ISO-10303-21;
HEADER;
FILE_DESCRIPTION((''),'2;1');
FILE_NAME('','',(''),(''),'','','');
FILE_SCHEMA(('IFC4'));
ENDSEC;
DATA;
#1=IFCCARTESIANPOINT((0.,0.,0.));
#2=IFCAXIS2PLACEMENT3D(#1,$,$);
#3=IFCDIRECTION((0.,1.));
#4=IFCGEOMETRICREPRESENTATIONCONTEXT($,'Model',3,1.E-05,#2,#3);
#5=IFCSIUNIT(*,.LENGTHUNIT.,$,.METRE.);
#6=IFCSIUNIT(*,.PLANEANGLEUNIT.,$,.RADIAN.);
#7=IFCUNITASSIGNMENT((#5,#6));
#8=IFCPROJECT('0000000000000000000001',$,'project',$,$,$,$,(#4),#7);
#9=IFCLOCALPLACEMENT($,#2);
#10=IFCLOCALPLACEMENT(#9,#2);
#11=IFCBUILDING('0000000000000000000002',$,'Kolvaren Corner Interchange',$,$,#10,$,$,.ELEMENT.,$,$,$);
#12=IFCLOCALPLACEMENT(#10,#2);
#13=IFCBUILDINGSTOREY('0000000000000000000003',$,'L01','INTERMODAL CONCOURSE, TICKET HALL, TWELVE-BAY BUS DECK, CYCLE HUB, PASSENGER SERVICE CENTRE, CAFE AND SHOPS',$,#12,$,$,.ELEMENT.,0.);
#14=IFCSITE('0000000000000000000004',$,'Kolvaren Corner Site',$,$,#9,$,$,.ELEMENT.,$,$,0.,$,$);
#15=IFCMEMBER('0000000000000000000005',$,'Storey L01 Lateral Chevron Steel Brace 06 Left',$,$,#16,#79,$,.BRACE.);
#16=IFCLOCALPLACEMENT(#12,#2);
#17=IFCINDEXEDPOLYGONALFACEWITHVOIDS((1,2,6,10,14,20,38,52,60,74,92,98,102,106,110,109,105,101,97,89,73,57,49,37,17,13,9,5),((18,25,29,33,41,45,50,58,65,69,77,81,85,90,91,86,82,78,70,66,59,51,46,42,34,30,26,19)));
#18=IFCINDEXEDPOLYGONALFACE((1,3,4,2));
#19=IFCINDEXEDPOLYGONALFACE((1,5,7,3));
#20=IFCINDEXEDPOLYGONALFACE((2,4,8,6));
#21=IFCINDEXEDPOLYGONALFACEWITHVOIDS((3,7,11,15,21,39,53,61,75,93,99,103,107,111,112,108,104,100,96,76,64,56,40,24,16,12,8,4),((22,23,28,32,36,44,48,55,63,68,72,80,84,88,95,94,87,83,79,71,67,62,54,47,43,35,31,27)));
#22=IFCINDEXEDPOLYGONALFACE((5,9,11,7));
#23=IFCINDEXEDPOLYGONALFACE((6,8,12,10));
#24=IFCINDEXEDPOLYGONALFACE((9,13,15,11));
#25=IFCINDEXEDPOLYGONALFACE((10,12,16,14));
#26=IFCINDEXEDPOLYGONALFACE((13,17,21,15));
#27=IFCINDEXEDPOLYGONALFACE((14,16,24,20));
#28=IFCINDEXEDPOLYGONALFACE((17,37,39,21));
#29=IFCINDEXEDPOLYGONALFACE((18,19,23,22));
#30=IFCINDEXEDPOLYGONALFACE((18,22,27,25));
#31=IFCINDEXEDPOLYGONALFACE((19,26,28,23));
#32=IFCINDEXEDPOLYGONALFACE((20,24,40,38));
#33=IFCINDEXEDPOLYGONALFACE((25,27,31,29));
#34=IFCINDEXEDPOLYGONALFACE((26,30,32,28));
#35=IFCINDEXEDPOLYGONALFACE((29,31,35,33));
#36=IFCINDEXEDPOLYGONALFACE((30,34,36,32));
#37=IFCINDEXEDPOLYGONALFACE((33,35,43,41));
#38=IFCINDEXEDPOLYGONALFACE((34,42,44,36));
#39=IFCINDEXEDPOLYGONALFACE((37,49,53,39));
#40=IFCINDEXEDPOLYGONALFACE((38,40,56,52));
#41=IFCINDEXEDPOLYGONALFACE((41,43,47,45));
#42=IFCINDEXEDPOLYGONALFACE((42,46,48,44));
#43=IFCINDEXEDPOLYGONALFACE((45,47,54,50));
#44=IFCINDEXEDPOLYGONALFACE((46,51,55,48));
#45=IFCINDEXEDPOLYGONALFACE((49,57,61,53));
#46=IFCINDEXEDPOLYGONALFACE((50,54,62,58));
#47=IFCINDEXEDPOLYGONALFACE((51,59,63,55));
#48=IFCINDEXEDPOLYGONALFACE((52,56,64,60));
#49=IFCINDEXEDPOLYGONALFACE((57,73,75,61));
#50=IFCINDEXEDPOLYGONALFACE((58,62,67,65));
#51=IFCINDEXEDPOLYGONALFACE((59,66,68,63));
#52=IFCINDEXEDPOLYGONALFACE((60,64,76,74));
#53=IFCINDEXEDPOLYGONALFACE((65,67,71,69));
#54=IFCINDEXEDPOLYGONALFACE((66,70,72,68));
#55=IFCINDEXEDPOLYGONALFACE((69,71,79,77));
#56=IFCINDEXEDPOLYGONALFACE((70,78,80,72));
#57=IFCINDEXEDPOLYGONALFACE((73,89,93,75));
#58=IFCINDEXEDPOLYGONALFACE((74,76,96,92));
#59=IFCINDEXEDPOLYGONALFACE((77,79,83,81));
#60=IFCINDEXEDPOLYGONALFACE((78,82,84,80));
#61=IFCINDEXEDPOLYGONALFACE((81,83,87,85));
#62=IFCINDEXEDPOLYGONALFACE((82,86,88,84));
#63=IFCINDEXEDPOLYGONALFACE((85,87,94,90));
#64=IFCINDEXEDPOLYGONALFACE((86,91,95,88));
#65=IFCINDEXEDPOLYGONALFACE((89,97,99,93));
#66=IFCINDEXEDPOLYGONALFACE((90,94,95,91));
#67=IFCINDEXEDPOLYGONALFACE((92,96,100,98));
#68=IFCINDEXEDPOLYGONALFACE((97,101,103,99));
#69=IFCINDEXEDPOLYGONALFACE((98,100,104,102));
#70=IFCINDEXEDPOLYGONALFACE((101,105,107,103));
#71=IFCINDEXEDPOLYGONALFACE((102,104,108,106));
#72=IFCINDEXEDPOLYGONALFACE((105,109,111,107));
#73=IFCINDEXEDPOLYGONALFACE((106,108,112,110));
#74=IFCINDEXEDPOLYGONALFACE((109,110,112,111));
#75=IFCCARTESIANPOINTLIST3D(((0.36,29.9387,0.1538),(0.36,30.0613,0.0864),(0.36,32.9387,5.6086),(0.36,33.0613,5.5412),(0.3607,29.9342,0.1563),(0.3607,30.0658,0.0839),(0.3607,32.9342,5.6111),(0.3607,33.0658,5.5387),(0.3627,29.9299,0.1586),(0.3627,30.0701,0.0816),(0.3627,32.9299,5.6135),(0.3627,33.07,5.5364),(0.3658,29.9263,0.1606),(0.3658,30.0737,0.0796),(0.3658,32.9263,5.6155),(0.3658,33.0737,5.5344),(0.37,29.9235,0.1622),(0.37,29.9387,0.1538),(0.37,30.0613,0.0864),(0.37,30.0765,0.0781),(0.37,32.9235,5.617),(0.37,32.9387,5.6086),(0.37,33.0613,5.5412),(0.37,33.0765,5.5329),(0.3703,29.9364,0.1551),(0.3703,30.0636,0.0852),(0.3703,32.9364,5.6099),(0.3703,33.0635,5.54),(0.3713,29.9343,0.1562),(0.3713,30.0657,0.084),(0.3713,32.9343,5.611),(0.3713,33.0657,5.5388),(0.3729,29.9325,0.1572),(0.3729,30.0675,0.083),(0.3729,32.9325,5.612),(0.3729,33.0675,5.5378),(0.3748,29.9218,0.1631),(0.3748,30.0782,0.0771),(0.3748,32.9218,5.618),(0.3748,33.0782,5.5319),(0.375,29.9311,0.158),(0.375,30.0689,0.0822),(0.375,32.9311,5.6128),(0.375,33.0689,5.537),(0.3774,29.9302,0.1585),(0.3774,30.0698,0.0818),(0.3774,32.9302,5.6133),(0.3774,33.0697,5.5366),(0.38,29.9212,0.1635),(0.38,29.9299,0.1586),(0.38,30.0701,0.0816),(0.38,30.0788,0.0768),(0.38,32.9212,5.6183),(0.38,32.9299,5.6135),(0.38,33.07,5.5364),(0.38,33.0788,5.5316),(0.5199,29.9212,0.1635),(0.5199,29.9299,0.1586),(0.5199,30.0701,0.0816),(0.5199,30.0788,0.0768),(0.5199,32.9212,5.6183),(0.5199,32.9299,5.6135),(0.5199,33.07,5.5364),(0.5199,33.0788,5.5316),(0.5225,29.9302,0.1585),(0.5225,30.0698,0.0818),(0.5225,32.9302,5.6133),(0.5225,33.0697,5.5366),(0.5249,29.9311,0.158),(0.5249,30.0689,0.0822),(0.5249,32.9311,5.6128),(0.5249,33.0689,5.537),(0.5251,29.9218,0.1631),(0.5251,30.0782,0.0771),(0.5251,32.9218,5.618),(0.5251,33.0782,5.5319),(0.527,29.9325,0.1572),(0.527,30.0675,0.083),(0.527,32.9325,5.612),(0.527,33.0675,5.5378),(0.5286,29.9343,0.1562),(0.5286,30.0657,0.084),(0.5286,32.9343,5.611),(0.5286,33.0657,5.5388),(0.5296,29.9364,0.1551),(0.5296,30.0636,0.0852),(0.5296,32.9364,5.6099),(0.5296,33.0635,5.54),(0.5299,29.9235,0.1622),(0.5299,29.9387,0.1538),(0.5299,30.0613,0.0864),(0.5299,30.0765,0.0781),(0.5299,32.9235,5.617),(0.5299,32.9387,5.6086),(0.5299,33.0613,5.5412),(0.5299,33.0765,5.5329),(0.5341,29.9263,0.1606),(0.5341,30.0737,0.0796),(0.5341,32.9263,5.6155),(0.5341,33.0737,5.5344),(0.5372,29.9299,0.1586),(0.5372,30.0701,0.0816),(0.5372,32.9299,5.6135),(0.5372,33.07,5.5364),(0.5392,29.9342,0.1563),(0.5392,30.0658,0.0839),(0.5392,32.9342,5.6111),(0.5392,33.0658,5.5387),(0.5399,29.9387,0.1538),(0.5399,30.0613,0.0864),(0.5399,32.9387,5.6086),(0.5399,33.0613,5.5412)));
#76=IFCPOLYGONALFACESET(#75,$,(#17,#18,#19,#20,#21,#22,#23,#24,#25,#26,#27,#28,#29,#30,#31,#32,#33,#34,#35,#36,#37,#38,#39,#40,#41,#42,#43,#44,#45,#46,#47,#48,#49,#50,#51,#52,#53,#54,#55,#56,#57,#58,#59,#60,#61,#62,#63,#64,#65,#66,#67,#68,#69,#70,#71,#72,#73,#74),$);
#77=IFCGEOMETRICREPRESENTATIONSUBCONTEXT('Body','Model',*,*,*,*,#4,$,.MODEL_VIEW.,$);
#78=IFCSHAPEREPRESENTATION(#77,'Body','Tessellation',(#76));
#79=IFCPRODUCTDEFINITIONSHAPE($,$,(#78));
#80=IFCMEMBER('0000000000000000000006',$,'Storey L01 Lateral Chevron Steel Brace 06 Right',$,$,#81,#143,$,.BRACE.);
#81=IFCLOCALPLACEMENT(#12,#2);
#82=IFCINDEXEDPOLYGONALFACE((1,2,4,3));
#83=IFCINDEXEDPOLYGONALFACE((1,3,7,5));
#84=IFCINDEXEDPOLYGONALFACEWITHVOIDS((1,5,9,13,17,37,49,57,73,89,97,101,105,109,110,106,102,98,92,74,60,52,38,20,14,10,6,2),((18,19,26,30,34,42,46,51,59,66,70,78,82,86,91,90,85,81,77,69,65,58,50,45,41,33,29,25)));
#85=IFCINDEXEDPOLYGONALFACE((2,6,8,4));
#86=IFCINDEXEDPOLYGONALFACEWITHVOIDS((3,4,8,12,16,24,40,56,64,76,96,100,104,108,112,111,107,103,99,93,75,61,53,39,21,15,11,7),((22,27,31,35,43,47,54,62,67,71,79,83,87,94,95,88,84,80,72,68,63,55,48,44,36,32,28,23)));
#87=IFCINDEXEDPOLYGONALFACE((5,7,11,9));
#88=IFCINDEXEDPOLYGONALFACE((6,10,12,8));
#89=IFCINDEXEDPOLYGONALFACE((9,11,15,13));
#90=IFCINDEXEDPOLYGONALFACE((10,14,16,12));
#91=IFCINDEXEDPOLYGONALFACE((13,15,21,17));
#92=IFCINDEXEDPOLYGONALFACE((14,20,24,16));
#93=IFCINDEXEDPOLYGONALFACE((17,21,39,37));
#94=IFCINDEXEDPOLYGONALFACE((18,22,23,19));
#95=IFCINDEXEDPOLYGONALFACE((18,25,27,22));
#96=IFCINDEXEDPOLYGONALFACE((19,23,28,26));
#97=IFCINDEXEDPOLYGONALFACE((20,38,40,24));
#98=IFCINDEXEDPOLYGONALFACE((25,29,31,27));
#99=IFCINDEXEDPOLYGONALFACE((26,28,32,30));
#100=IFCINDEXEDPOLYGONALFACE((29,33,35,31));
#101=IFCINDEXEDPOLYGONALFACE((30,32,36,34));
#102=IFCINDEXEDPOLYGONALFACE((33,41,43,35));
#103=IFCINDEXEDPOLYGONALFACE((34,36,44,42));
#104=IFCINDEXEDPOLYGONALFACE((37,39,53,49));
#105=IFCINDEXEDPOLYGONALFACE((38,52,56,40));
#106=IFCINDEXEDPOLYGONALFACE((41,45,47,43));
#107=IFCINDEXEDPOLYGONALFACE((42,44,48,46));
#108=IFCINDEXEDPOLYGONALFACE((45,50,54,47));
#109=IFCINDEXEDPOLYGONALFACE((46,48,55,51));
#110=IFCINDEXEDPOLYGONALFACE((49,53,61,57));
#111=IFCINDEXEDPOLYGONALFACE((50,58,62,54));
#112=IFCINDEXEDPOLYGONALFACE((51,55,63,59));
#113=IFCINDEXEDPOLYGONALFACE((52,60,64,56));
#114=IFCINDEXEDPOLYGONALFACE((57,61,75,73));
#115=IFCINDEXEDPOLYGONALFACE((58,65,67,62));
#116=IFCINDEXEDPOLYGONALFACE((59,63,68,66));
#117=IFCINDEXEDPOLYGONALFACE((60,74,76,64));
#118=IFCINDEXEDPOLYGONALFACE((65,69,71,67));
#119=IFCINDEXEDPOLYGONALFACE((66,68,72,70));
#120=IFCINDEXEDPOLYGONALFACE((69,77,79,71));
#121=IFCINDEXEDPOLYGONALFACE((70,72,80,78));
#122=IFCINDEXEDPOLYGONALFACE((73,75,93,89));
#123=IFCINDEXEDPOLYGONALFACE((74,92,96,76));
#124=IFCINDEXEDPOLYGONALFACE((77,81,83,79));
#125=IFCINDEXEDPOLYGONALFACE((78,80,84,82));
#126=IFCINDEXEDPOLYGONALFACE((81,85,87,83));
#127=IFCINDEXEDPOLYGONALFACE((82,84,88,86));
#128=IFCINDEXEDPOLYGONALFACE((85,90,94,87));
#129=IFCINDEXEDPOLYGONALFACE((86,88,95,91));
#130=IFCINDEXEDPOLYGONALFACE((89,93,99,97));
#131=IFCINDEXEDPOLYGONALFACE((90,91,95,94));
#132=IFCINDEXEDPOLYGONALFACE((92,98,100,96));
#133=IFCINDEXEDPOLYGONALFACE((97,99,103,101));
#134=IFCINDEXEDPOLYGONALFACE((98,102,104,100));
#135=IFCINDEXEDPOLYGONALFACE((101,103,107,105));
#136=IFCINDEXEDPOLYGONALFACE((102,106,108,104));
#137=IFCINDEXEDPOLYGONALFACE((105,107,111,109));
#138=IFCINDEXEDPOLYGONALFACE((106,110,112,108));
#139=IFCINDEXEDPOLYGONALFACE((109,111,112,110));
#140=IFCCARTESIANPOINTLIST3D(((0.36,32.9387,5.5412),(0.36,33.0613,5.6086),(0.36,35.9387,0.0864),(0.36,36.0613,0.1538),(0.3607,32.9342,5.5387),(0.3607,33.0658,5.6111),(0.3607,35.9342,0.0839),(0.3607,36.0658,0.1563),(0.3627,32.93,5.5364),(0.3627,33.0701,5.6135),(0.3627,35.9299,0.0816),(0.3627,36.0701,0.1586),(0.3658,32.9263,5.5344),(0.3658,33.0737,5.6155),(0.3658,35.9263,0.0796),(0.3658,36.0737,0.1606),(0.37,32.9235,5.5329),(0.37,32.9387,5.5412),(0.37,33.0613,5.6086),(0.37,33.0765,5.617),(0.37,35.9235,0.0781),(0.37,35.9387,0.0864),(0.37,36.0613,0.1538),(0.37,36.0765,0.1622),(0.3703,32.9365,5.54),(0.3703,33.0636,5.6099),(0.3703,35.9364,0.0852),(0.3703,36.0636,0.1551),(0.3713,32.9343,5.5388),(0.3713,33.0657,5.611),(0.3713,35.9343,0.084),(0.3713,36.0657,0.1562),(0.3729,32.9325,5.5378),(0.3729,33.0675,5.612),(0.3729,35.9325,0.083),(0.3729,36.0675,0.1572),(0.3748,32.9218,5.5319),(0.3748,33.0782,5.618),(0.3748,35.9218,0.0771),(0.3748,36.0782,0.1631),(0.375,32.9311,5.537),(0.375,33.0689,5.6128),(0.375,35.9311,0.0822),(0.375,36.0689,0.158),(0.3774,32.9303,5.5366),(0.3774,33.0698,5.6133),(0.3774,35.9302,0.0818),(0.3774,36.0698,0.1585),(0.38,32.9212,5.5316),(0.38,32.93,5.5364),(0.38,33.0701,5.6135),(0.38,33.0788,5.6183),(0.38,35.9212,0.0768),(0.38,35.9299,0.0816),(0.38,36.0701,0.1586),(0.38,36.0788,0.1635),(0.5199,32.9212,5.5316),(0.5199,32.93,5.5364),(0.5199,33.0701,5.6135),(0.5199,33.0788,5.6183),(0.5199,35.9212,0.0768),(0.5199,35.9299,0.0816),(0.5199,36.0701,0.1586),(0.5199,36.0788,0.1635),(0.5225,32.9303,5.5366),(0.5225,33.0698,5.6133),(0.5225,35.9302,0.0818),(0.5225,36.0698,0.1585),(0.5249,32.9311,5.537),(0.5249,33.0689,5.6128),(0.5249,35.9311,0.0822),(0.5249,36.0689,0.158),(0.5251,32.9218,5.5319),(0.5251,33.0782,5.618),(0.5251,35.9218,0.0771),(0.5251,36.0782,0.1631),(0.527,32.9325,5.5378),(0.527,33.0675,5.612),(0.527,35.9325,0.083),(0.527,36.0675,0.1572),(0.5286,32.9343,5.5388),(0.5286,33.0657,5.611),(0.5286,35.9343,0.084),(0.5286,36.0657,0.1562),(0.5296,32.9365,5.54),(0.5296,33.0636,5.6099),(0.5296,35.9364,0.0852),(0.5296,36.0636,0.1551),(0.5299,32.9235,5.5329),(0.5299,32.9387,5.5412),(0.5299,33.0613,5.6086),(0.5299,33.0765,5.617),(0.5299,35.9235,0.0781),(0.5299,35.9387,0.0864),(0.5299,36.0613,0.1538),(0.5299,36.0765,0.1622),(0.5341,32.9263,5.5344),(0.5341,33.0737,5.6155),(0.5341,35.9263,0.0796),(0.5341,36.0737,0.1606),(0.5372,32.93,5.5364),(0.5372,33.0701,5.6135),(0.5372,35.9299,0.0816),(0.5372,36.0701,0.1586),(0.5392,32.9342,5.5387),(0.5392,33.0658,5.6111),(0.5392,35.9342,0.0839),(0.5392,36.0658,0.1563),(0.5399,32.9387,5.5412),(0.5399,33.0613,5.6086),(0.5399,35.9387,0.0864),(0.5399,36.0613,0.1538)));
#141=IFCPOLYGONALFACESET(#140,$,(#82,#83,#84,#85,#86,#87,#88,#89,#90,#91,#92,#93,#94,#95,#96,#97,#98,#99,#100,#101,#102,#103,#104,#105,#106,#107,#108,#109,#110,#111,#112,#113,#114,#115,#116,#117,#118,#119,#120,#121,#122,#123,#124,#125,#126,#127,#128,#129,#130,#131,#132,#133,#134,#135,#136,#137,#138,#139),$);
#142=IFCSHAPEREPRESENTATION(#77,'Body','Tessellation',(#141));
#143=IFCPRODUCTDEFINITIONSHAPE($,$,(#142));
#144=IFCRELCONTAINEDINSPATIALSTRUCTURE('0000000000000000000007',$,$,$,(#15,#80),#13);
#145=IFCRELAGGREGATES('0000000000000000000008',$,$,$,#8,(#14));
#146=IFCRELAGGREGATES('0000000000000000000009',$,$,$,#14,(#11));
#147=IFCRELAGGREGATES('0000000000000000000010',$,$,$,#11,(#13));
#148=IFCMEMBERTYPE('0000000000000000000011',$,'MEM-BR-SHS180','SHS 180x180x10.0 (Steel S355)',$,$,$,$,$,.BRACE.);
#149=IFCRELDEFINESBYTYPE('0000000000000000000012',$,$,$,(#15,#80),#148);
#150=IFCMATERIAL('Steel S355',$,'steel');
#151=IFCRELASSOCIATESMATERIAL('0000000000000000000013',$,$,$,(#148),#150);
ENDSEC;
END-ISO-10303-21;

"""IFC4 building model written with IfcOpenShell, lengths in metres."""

from ifc_helpers import new_model, si_unit, direction, frame, origin, origin_2d, place, context, subcontext, project, spatial, hollow_rectangle, extrude, material, material_profile, profile_set, type_object, element, save


model = new_model("IFC4")

# Units and contexts
model_context = context("Model", 3, precision=1e-05, world=origin(), true_north=direction((0.0, 1.0)))
body_context = subcontext(model_context, "Body", "Model", "MODEL_VIEW")
ifc_project = project(units=[si_unit("LENGTHUNIT", "METRE"), si_unit("PLANEANGLEUNIT", "RADIAN")], contexts=[model_context])

# Site, building, storey
site_placement = place(None, origin())
site = spatial("IfcSite", under=ifc_project, at=site_placement, Name="Kolvaren Corner Site", CompositionType="ELEMENT", RefElevation=0.0)
building_placement = place(site_placement, origin())
building = spatial("IfcBuilding", under=site, at=building_placement, Name="Kolvaren Corner Interchange", CompositionType="ELEMENT")
storey_placement = place(building_placement, origin())
storey = spatial("IfcBuildingStorey", under=building, at=storey_placement, Name="L01", Description="INTERMODAL CONCOURSE, TICKET HALL, TWELVE-BAY BUS DECK, CYCLE HUB, PASSENGER SERVICE CENTRE, CAFE AND SHOPS", CompositionType="ELEMENT", Elevation=0.0)

# Members
ifc_material_1 = material(Name="Steel S355", Category="steel")
ifc_material_profile_1 = material_profile(ifc_material_1, hollow_rectangle(XDim=0.1799, YDim=0.1799, WallThickness=0.01, InnerFilletRadius=0.01, OuterFilletRadius=0.02, at=origin_2d()), Name="SHS 180x180x10.0")
ifc_profile_set_1 = profile_set([ifc_material_profile_1], Name="Steel S355")
member_type = type_object("IfcMemberType", Name="MEM-BR-SHS180", Description="SHS 180x180x10.0 (Steel S355)", PredefinedType="BRACE", material=ifc_profile_set_1)
for number, where, z_axis, x_axis, name in (
    (1, (0.45, 30.0, 0.1201), (0.0, 0.481899, 0.876227), (-1.0, 0.0, 0.0), "Storey L01 Lateral Chevron Steel Brace 06 Left"),
    (2, (0.45, 36.0, 0.1201), (0.0, -0.481899, 0.876227), (1.0, 0.0, 0.0), "Storey L01 Lateral Chevron Steel Brace 06 Right"),
):
    element("IfcMember", number, at=place(storey_placement, frame(where, z_axis=z_axis, x_axis=x_axis)), inside=storey, type_object=member_type, Name=name, PredefinedType="BRACE", context=body_context, shape_type="SweptSolid", body=[
        extrude(hollow_rectangle(XDim=0.1799, YDim=0.1799, WallThickness=0.01, InnerFilletRadius=0.01, OuterFilletRadius=0.02, at=origin_2d()), origin(), (0.0, 0.0, 1.0), 6.2253),
    ])

save(model, "model.ifc")
